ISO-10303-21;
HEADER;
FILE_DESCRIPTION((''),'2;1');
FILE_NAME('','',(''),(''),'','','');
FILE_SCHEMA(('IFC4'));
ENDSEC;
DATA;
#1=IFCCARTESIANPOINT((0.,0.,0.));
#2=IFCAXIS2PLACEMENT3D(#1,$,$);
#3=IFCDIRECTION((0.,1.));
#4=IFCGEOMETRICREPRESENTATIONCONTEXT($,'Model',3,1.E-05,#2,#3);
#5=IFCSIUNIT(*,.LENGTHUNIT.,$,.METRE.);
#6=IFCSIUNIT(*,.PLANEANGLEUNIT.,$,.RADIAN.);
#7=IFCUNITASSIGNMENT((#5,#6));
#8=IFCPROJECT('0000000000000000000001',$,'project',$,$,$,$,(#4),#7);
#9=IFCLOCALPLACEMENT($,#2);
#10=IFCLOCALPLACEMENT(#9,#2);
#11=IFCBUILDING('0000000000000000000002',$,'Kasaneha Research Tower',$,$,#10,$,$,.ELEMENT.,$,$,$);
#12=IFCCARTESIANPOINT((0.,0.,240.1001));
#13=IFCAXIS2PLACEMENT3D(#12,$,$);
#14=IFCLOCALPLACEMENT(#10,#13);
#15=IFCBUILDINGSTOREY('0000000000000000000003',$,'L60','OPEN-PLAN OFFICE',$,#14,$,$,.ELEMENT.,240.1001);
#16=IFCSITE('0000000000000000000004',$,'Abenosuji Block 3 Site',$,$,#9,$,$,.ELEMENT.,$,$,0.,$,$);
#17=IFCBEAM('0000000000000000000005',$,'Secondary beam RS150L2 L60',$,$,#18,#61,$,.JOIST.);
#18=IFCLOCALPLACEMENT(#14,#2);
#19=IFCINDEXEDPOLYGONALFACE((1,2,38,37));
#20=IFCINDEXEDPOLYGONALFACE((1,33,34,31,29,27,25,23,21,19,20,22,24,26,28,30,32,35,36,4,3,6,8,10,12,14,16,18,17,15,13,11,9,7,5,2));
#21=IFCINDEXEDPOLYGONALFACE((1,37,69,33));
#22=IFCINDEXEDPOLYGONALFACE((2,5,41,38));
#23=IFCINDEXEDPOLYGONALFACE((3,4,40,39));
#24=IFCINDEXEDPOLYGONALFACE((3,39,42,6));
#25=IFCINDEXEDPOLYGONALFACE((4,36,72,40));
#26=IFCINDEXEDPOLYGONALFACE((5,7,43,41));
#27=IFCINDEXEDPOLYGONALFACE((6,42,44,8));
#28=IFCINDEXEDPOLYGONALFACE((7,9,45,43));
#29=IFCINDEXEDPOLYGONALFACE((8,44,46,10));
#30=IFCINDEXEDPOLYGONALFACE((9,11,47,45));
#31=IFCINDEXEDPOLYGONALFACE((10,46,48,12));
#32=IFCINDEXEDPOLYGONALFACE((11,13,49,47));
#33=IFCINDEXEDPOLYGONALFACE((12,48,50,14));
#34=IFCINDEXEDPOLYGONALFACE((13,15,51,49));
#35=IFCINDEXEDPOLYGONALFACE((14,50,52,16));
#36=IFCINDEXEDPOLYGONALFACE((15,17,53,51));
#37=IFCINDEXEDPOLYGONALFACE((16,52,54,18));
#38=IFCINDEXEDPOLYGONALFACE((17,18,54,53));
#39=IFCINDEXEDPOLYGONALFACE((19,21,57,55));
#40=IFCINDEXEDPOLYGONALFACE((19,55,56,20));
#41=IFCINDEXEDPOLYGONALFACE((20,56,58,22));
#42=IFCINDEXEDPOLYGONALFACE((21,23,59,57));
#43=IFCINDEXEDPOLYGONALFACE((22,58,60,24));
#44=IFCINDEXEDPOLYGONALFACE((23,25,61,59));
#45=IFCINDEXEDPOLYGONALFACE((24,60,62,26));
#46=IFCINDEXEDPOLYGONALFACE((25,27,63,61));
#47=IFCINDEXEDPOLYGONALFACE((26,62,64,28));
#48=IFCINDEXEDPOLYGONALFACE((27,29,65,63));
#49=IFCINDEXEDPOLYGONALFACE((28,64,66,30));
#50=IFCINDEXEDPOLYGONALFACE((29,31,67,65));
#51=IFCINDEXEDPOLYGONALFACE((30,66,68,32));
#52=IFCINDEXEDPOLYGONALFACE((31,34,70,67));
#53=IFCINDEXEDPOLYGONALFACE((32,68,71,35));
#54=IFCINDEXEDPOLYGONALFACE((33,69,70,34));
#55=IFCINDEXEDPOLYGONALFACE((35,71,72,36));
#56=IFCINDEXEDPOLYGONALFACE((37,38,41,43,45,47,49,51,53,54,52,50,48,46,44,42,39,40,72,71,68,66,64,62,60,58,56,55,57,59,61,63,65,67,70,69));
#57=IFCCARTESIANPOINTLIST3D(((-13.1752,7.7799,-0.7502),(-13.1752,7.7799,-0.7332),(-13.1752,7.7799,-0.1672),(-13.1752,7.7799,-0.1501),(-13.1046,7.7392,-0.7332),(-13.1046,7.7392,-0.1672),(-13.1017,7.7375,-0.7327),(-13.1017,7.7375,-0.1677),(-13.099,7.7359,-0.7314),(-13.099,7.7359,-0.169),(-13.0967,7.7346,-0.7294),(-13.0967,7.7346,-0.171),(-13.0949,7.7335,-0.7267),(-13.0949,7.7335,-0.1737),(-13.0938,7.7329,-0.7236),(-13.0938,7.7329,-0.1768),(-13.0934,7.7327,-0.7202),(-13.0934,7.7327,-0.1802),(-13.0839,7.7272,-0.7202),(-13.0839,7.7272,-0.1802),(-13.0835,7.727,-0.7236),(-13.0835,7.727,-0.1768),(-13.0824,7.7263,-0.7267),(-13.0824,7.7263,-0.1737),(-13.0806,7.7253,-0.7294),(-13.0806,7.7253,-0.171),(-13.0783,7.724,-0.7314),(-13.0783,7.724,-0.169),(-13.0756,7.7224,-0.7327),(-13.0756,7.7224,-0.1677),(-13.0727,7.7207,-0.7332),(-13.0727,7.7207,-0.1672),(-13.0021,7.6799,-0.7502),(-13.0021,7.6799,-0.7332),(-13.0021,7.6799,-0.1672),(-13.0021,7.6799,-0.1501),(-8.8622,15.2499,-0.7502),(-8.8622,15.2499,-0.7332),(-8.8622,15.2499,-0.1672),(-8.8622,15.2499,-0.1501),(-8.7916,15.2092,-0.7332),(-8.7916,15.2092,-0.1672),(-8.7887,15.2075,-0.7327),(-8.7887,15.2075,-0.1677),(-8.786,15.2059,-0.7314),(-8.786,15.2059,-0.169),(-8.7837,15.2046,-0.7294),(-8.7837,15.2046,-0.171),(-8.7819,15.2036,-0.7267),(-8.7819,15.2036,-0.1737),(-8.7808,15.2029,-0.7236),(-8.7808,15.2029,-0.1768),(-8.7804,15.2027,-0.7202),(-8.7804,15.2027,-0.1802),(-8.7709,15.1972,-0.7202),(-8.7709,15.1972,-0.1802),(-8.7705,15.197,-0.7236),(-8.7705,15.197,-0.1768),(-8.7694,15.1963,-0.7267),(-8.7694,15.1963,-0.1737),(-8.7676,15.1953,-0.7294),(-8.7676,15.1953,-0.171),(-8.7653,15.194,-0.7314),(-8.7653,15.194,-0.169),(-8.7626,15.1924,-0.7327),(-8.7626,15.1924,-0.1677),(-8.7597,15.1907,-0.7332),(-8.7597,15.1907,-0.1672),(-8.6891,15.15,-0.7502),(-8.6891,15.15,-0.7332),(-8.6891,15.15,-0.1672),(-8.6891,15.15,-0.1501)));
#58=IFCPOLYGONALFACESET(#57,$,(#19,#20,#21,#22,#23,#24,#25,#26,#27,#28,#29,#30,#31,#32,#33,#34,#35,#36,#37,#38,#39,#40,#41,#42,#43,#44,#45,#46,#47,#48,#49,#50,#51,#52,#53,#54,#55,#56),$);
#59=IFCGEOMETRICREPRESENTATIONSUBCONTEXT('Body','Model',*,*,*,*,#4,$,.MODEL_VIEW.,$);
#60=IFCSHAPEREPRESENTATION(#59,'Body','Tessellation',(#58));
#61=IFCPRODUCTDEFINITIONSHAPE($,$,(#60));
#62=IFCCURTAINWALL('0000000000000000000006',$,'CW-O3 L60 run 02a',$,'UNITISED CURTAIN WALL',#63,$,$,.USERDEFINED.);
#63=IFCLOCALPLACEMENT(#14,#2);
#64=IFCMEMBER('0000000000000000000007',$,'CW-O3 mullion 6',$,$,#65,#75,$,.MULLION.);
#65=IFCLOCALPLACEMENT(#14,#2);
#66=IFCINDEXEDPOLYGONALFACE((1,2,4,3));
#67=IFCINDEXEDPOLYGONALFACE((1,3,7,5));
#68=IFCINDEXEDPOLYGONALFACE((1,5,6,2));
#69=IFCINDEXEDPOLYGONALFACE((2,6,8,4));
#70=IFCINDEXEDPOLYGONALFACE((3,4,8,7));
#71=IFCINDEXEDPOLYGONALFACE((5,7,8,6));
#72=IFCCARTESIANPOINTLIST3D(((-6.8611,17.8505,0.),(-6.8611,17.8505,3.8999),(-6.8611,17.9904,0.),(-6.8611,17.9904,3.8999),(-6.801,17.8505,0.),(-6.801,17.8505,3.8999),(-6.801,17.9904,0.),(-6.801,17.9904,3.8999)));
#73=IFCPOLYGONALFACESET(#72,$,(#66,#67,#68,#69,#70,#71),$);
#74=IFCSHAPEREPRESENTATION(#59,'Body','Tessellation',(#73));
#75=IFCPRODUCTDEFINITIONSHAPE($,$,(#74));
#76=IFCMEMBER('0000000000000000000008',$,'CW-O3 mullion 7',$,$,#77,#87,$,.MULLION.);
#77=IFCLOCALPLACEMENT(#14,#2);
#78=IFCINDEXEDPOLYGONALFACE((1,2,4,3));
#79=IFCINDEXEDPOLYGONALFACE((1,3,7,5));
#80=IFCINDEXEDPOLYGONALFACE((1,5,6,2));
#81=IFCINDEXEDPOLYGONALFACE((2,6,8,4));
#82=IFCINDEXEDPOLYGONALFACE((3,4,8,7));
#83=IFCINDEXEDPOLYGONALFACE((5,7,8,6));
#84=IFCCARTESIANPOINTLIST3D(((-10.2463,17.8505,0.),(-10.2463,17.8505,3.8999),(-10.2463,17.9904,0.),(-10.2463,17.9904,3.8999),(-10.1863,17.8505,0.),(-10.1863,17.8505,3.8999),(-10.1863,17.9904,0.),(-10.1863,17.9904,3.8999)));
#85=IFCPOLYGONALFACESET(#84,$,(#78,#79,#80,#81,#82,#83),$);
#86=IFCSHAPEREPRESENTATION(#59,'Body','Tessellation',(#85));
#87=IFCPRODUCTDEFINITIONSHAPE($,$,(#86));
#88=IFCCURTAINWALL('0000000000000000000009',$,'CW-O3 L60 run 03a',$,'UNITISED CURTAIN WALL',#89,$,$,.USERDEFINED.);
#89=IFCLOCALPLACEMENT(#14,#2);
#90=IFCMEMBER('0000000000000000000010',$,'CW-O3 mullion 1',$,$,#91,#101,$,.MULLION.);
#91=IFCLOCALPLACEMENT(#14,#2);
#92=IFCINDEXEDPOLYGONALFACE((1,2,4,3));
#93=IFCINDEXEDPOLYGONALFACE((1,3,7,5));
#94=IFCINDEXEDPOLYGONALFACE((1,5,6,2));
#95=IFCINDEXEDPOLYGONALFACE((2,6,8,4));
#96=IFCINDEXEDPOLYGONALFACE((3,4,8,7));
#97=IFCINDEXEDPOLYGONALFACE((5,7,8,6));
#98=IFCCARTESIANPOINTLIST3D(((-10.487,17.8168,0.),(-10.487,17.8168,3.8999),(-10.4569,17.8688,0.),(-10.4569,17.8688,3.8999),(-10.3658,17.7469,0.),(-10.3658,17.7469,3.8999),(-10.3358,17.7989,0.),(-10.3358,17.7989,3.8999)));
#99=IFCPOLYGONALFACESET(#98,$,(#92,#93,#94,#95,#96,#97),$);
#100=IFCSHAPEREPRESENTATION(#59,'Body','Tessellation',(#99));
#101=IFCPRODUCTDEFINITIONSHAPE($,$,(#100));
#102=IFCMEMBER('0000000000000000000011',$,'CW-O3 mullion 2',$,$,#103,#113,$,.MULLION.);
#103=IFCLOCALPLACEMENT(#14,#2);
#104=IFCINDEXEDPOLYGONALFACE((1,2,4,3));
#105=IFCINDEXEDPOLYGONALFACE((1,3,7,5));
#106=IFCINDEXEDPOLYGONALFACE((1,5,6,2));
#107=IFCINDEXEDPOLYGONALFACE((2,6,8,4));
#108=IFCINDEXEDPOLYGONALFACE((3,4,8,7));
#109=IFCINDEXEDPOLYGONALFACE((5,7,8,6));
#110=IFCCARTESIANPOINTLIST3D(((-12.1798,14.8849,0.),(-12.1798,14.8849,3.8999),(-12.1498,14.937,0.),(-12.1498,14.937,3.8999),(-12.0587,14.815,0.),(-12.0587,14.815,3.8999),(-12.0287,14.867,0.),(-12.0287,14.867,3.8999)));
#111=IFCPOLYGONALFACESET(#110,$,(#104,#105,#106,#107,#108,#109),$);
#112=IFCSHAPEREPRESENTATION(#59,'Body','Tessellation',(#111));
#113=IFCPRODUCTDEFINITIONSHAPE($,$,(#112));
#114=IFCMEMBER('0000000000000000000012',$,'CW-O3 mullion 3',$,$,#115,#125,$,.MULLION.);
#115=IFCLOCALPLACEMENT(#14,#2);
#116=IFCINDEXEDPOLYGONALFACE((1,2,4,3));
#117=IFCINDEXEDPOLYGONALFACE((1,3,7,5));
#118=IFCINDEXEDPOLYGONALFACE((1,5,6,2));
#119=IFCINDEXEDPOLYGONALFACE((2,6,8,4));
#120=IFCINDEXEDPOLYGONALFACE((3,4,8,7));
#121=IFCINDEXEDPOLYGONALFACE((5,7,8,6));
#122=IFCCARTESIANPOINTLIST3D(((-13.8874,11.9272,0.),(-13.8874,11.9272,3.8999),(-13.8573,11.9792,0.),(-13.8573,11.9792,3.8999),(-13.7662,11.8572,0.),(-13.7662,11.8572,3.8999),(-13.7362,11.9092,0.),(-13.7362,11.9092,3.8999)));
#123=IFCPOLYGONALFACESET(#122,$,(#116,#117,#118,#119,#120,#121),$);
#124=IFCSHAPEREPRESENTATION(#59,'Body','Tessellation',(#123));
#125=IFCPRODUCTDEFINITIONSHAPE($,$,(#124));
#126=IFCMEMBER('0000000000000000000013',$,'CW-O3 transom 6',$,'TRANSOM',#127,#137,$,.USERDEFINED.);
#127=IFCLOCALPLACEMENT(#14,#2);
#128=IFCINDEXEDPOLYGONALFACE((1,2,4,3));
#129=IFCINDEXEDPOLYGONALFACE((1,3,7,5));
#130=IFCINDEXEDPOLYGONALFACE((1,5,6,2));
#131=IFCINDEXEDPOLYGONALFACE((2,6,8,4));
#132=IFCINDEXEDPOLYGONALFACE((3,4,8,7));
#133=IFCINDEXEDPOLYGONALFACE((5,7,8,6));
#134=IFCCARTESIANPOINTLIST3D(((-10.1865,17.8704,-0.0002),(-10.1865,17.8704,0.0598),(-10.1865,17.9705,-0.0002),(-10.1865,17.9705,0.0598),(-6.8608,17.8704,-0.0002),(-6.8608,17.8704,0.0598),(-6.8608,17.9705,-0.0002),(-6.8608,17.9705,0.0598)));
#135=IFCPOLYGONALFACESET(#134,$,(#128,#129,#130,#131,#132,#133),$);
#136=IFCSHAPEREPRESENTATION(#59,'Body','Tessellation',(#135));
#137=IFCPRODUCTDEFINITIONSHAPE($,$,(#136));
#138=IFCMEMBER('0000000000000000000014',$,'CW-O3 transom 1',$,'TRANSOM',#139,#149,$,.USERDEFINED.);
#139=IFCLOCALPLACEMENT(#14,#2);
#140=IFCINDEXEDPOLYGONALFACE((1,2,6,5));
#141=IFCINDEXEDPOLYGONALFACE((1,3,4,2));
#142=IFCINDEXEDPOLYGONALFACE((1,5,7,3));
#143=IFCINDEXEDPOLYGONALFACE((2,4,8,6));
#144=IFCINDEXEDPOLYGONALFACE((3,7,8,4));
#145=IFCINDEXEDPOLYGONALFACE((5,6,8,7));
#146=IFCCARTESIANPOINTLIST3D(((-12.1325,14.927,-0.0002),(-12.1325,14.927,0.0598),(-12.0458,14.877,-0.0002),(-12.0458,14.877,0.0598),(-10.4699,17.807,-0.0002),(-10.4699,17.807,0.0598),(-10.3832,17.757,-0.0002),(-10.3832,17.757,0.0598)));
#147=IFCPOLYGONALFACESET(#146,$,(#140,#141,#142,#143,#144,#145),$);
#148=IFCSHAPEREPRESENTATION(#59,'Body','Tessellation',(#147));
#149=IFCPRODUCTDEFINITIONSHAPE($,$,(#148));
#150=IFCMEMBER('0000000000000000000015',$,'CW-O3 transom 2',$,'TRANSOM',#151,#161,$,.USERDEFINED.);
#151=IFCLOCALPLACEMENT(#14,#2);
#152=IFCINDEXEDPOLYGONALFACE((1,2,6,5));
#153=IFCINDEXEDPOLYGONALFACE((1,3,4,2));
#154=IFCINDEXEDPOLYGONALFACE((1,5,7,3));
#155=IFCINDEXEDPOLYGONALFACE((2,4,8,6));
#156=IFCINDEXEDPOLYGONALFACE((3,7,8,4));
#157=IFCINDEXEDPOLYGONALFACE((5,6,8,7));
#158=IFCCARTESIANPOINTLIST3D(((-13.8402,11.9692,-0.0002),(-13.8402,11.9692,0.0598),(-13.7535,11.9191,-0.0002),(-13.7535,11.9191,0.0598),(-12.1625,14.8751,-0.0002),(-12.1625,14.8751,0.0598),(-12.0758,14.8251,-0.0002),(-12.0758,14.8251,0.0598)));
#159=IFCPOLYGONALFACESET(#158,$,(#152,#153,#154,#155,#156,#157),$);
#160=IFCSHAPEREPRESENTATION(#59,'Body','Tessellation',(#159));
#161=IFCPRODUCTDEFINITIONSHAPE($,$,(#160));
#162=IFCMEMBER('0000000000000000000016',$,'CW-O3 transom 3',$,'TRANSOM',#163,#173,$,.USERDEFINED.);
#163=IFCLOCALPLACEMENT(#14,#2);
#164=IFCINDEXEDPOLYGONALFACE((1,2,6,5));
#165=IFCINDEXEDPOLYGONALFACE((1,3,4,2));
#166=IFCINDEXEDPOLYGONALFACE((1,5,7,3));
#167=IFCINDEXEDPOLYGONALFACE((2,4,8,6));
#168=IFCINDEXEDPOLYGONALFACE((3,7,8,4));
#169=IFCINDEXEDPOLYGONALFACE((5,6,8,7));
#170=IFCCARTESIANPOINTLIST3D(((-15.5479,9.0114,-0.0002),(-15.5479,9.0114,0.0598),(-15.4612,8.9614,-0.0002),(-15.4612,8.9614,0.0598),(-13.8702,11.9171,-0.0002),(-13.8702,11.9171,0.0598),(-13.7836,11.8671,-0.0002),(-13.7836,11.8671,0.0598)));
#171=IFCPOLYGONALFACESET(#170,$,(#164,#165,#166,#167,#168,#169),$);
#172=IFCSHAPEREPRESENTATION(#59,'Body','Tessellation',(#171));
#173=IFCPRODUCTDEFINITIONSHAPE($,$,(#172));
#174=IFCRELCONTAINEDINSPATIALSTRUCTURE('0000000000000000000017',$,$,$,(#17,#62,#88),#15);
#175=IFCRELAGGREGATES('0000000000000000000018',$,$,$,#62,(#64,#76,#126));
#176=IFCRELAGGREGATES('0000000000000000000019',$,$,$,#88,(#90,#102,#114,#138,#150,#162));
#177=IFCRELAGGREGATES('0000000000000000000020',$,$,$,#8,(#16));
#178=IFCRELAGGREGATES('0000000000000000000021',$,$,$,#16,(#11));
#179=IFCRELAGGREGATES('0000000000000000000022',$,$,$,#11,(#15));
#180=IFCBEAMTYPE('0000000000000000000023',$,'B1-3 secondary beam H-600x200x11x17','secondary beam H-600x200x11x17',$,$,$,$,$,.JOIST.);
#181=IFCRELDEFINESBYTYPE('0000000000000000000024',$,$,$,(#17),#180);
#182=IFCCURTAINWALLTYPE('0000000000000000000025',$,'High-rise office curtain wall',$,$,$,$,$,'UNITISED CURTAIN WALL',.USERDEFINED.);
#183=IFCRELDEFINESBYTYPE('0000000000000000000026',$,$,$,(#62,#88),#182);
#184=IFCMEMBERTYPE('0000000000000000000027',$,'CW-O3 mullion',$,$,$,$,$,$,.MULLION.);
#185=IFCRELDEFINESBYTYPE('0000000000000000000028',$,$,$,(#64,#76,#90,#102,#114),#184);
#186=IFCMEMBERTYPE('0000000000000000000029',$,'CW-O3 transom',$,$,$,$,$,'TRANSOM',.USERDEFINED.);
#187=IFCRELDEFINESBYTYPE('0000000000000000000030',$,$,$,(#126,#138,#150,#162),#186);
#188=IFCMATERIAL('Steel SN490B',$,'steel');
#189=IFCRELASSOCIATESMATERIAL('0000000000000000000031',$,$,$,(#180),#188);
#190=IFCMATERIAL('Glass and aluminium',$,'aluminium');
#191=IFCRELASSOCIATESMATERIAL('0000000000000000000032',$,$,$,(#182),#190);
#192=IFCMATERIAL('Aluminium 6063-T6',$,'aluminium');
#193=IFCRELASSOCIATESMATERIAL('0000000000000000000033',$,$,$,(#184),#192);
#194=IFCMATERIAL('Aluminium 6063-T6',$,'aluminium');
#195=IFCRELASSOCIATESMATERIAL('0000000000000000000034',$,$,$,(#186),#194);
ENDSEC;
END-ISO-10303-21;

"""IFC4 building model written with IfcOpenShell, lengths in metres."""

from ifc_helpers import new_model, si_unit, direction, frame, origin, origin_2d, place, context, subcontext, project, spatial, rectangle, i_section, extrude, material, material_profile, profile_set, type_object, element, aggregate, save


model = new_model("IFC4")

# Units and contexts
model_context = context("Model", 3, precision=1e-05, world=origin(), true_north=direction((0.0, 1.0)))
body_context = subcontext(model_context, "Body", "Model", "MODEL_VIEW")
ifc_project = project(units=[si_unit("LENGTHUNIT", "METRE"), si_unit("PLANEANGLEUNIT", "RADIAN")], contexts=[model_context])

# Site, building, storey
site_placement = place(None, origin())
site = spatial("IfcSite", under=ifc_project, at=site_placement, Name="Abenosuji Block 3 Site", CompositionType="ELEMENT", RefElevation=0.0)
building_placement = place(site_placement, origin())
building = spatial("IfcBuilding", under=site, at=building_placement, Name="Kasaneha Research Tower", CompositionType="ELEMENT")
storey_placement = place(building_placement, frame((0.0, 0.0, 240.1001)))
storey = spatial("IfcBuildingStorey", under=building, at=storey_placement, Name="L60", Description="OPEN-PLAN OFFICE", CompositionType="ELEMENT", Elevation=240.1001)

# Beam
ifc_material_1 = material(Name="Steel SN490B", Category="steel")
ifc_material_profile_1 = material_profile(ifc_material_1, i_section(OverallWidth=0.2, OverallDepth=0.6001, WebThickness=0.011, FlangeThickness=0.0171, FilletRadius=0.0129, at=origin_2d()), Name="H-600x200x11x17")
ifc_profile_set_1 = profile_set([ifc_material_profile_1], Name="Steel SN490B")
beam_type_1 = type_object("IfcBeamType", Name="B1-3 secondary beam H-600x200x11x17", Description="secondary beam H-600x200x11x17", PredefinedType="JOIST", material=ifc_profile_set_1)
beam_1_placement = place(storey_placement, frame((-8.7756, 15.2, -0.4502), z_axis=(-0.500017, -0.866015, 0.0), x_axis=(0.866015, -0.500017, 0.0)))
element("IfcBeam", 1, at=beam_1_placement, inside=storey, type_object=beam_type_1, Name="Secondary beam RS150L2 L60", PredefinedType="JOIST", context=body_context, shape_type="SweptSolid", body=[
    extrude(i_section(OverallWidth=0.2, OverallDepth=0.6001, WebThickness=0.011, FlangeThickness=0.0171, FilletRadius=0.0129, at=origin_2d()), origin(), (0.0, 0.0, 1.0), 8.6257),
])

# Curtain walls, members
ifc_material_2 = material(Name="Glass and aluminium", Category="aluminium")
curtain_wall_type = type_object("IfcCurtainWallType", Name="High-rise office curtain wall", ElementType="UNITISED CURTAIN WALL", PredefinedType="USERDEFINED", material=ifc_material_2)
curtain_wall_1_placement = place(storey_placement, origin())
curtain_wall_1 = element("IfcCurtainWall", 2, at=curtain_wall_1_placement, inside=storey, type_object=curtain_wall_type, Name="CW-O3 L60 run 02a", ObjectType="UNITISED CURTAIN WALL", PredefinedType="USERDEFINED")
ifc_material_3 = material(Name="Aluminium 6063-T6", Category="aluminium")
ifc_material_profile_2 = material_profile(ifc_material_3, rectangle(XDim=0.0601, YDim=0.1399, at=origin_2d()), Name="CW-O3 mullion 60x140")
ifc_profile_set_2 = profile_set([ifc_material_profile_2], Name="Aluminium 6063-T6")
member_type_1 = type_object("IfcMemberType", Name="CW-O3 mullion", PredefinedType="MULLION", material=ifc_profile_set_2)
member_1_placement = place(storey_placement, frame((-6.8311, 17.9204, 0.0), z_axis=(0.0, 0.0, 1.0), x_axis=(-1.0, 0.0, 0.0)))
member_1 = element("IfcMember", 3, at=member_1_placement, type_object=member_type_1, Name="CW-O3 mullion 6", PredefinedType="MULLION", context=body_context, shape_type="SweptSolid", body=[
    extrude(rectangle(XDim=0.0601, YDim=0.1399, at=origin_2d()), origin(), (0.0, 0.0, 1.0), 3.8999),
])
member_2_placement = place(storey_placement, frame((-10.2163, 17.9204, 0.0), z_axis=(0.0, 0.0, 1.0), x_axis=(-1.0, 0.0, 0.0)))
member_2 = element("IfcMember", 4, at=member_2_placement, type_object=member_type_1, Name="CW-O3 mullion 7", PredefinedType="MULLION", context=body_context, shape_type="SweptSolid", body=[
    extrude(rectangle(XDim=0.0601, YDim=0.1399, at=origin_2d()), origin(), (0.0, 0.0, 1.0), 3.8999),
])
curtain_wall_2_placement = place(storey_placement, origin())
curtain_wall_2 = element("IfcCurtainWall", 5, at=curtain_wall_2_placement, inside=storey, type_object=curtain_wall_type, Name="CW-O3 L60 run 03a", ObjectType="UNITISED CURTAIN WALL", PredefinedType="USERDEFINED")
member_3_placement = place(storey_placement, frame((-10.4114, 17.8079, 0.0), z_axis=(0.0, 0.0, 1.0), x_axis=(-0.5, -0.866025, 0.0)))
member_3 = element("IfcMember", 6, at=member_3_placement, type_object=member_type_1, Name="CW-O3 mullion 1", PredefinedType="MULLION", context=body_context, shape_type="SweptSolid", body=[
    extrude(rectangle(XDim=0.0601, YDim=0.1399, at=origin_2d()), origin(), (0.0, 0.0, 1.0), 3.8999),
])
member_4_placement = place(storey_placement, frame((-12.1042, 14.876, 0.0), z_axis=(0.0, 0.0, 1.0), x_axis=(-0.5, -0.866025, 0.0)))
member_4 = element("IfcMember", 7, at=member_4_placement, type_object=member_type_1, Name="CW-O3 mullion 2", PredefinedType="MULLION", context=body_context, shape_type="SweptSolid", body=[
    extrude(rectangle(XDim=0.0601, YDim=0.1399, at=origin_2d()), origin(), (0.0, 0.0, 1.0), 3.8999),
])
member_5_placement = place(storey_placement, frame((-13.8118, 11.9182, 0.0), z_axis=(0.0, 0.0, 1.0), x_axis=(-0.5, -0.866025, 0.0)))
member_5 = element("IfcMember", 8, at=member_5_placement, type_object=member_type_1, Name="CW-O3 mullion 3", PredefinedType="MULLION", context=body_context, shape_type="SweptSolid", body=[
    extrude(rectangle(XDim=0.0601, YDim=0.1399, at=origin_2d()), origin(), (0.0, 0.0, 1.0), 3.8999),
])

# Members
ifc_material_4 = material(Name="Aluminium 6063-T6", Category="aluminium")
ifc_material_profile_3 = material_profile(ifc_material_4, rectangle(XDim=0.1001, YDim=0.0601, at=origin_2d()), Name="CW-O3 transom 100x60")
ifc_profile_set_3 = profile_set([ifc_material_profile_3], Name="Aluminium 6063-T6")
member_type_2 = type_object("IfcMemberType", Name="CW-O3 transom", ElementType="TRANSOM", PredefinedType="USERDEFINED", material=ifc_profile_set_3)
member_6_placement = place(storey_placement, frame((-6.8608, 17.9204, 0.0298), z_axis=(-1.0, 0.0, 0.0), x_axis=(0.0, -1.0, 0.0)))
member_6 = element("IfcMember", 9, at=member_6_placement, type_object=member_type_2, Name="CW-O3 transom 6", ObjectType="TRANSOM", PredefinedType="USERDEFINED", context=body_context, shape_type="SweptSolid", body=[
    extrude(rectangle(XDim=0.1001, YDim=0.0601, at=origin_2d()), origin(), (0.0, 0.0, 1.0), 3.3257),
])
member_7_placement = place(storey_placement, frame((-10.4265, 17.782, 0.0298), z_axis=(-0.499977, -0.866039, 0.0), x_axis=(0.866039, -0.499977, 0.0)))
member_7 = element("IfcMember", 10, at=member_7_placement, type_object=member_type_2, Name="CW-O3 transom 1", ObjectType="TRANSOM", PredefinedType="USERDEFINED", context=body_context, shape_type="SweptSolid", body=[
    extrude(rectangle(XDim=0.1001, YDim=0.0601, at=origin_2d()), origin(), (0.0, 0.0, 1.0), 3.3254),
])
member_8_placement = place(storey_placement, frame((-12.1191, 14.8501, 0.0298), z_axis=(-0.499989, -0.866032, 0.0), x_axis=(0.866032, -0.499989, 0.0)))
member_8 = element("IfcMember", 11, at=member_8_placement, type_object=member_type_2, Name="CW-O3 transom 2", ObjectType="TRANSOM", PredefinedType="USERDEFINED", context=body_context, shape_type="SweptSolid", body=[
    extrude(rectangle(XDim=0.1001, YDim=0.0601, at=origin_2d()), origin(), (0.0, 0.0, 1.0), 3.3555),
])
member_9_placement = place(storey_placement, frame((-13.8269, 11.8921, 0.0298), z_axis=(-0.500021, -0.866014, 0.0), x_axis=(0.866014, -0.500021, 0.0)))
member_9 = element("IfcMember", 12, at=member_9_placement, type_object=member_type_2, Name="CW-O3 transom 3", ObjectType="TRANSOM", PredefinedType="USERDEFINED", context=body_context, shape_type="SweptSolid", body=[
    extrude(rectangle(XDim=0.1001, YDim=0.0601, at=origin_2d()), origin(), (0.0, 0.0, 1.0), 3.3552),
])

aggregate(curtain_wall_1, [member_1, member_2, member_6])
aggregate(curtain_wall_2, [member_3, member_4, member_5, member_7, member_8, member_9])

save(model, "model.ifc")
